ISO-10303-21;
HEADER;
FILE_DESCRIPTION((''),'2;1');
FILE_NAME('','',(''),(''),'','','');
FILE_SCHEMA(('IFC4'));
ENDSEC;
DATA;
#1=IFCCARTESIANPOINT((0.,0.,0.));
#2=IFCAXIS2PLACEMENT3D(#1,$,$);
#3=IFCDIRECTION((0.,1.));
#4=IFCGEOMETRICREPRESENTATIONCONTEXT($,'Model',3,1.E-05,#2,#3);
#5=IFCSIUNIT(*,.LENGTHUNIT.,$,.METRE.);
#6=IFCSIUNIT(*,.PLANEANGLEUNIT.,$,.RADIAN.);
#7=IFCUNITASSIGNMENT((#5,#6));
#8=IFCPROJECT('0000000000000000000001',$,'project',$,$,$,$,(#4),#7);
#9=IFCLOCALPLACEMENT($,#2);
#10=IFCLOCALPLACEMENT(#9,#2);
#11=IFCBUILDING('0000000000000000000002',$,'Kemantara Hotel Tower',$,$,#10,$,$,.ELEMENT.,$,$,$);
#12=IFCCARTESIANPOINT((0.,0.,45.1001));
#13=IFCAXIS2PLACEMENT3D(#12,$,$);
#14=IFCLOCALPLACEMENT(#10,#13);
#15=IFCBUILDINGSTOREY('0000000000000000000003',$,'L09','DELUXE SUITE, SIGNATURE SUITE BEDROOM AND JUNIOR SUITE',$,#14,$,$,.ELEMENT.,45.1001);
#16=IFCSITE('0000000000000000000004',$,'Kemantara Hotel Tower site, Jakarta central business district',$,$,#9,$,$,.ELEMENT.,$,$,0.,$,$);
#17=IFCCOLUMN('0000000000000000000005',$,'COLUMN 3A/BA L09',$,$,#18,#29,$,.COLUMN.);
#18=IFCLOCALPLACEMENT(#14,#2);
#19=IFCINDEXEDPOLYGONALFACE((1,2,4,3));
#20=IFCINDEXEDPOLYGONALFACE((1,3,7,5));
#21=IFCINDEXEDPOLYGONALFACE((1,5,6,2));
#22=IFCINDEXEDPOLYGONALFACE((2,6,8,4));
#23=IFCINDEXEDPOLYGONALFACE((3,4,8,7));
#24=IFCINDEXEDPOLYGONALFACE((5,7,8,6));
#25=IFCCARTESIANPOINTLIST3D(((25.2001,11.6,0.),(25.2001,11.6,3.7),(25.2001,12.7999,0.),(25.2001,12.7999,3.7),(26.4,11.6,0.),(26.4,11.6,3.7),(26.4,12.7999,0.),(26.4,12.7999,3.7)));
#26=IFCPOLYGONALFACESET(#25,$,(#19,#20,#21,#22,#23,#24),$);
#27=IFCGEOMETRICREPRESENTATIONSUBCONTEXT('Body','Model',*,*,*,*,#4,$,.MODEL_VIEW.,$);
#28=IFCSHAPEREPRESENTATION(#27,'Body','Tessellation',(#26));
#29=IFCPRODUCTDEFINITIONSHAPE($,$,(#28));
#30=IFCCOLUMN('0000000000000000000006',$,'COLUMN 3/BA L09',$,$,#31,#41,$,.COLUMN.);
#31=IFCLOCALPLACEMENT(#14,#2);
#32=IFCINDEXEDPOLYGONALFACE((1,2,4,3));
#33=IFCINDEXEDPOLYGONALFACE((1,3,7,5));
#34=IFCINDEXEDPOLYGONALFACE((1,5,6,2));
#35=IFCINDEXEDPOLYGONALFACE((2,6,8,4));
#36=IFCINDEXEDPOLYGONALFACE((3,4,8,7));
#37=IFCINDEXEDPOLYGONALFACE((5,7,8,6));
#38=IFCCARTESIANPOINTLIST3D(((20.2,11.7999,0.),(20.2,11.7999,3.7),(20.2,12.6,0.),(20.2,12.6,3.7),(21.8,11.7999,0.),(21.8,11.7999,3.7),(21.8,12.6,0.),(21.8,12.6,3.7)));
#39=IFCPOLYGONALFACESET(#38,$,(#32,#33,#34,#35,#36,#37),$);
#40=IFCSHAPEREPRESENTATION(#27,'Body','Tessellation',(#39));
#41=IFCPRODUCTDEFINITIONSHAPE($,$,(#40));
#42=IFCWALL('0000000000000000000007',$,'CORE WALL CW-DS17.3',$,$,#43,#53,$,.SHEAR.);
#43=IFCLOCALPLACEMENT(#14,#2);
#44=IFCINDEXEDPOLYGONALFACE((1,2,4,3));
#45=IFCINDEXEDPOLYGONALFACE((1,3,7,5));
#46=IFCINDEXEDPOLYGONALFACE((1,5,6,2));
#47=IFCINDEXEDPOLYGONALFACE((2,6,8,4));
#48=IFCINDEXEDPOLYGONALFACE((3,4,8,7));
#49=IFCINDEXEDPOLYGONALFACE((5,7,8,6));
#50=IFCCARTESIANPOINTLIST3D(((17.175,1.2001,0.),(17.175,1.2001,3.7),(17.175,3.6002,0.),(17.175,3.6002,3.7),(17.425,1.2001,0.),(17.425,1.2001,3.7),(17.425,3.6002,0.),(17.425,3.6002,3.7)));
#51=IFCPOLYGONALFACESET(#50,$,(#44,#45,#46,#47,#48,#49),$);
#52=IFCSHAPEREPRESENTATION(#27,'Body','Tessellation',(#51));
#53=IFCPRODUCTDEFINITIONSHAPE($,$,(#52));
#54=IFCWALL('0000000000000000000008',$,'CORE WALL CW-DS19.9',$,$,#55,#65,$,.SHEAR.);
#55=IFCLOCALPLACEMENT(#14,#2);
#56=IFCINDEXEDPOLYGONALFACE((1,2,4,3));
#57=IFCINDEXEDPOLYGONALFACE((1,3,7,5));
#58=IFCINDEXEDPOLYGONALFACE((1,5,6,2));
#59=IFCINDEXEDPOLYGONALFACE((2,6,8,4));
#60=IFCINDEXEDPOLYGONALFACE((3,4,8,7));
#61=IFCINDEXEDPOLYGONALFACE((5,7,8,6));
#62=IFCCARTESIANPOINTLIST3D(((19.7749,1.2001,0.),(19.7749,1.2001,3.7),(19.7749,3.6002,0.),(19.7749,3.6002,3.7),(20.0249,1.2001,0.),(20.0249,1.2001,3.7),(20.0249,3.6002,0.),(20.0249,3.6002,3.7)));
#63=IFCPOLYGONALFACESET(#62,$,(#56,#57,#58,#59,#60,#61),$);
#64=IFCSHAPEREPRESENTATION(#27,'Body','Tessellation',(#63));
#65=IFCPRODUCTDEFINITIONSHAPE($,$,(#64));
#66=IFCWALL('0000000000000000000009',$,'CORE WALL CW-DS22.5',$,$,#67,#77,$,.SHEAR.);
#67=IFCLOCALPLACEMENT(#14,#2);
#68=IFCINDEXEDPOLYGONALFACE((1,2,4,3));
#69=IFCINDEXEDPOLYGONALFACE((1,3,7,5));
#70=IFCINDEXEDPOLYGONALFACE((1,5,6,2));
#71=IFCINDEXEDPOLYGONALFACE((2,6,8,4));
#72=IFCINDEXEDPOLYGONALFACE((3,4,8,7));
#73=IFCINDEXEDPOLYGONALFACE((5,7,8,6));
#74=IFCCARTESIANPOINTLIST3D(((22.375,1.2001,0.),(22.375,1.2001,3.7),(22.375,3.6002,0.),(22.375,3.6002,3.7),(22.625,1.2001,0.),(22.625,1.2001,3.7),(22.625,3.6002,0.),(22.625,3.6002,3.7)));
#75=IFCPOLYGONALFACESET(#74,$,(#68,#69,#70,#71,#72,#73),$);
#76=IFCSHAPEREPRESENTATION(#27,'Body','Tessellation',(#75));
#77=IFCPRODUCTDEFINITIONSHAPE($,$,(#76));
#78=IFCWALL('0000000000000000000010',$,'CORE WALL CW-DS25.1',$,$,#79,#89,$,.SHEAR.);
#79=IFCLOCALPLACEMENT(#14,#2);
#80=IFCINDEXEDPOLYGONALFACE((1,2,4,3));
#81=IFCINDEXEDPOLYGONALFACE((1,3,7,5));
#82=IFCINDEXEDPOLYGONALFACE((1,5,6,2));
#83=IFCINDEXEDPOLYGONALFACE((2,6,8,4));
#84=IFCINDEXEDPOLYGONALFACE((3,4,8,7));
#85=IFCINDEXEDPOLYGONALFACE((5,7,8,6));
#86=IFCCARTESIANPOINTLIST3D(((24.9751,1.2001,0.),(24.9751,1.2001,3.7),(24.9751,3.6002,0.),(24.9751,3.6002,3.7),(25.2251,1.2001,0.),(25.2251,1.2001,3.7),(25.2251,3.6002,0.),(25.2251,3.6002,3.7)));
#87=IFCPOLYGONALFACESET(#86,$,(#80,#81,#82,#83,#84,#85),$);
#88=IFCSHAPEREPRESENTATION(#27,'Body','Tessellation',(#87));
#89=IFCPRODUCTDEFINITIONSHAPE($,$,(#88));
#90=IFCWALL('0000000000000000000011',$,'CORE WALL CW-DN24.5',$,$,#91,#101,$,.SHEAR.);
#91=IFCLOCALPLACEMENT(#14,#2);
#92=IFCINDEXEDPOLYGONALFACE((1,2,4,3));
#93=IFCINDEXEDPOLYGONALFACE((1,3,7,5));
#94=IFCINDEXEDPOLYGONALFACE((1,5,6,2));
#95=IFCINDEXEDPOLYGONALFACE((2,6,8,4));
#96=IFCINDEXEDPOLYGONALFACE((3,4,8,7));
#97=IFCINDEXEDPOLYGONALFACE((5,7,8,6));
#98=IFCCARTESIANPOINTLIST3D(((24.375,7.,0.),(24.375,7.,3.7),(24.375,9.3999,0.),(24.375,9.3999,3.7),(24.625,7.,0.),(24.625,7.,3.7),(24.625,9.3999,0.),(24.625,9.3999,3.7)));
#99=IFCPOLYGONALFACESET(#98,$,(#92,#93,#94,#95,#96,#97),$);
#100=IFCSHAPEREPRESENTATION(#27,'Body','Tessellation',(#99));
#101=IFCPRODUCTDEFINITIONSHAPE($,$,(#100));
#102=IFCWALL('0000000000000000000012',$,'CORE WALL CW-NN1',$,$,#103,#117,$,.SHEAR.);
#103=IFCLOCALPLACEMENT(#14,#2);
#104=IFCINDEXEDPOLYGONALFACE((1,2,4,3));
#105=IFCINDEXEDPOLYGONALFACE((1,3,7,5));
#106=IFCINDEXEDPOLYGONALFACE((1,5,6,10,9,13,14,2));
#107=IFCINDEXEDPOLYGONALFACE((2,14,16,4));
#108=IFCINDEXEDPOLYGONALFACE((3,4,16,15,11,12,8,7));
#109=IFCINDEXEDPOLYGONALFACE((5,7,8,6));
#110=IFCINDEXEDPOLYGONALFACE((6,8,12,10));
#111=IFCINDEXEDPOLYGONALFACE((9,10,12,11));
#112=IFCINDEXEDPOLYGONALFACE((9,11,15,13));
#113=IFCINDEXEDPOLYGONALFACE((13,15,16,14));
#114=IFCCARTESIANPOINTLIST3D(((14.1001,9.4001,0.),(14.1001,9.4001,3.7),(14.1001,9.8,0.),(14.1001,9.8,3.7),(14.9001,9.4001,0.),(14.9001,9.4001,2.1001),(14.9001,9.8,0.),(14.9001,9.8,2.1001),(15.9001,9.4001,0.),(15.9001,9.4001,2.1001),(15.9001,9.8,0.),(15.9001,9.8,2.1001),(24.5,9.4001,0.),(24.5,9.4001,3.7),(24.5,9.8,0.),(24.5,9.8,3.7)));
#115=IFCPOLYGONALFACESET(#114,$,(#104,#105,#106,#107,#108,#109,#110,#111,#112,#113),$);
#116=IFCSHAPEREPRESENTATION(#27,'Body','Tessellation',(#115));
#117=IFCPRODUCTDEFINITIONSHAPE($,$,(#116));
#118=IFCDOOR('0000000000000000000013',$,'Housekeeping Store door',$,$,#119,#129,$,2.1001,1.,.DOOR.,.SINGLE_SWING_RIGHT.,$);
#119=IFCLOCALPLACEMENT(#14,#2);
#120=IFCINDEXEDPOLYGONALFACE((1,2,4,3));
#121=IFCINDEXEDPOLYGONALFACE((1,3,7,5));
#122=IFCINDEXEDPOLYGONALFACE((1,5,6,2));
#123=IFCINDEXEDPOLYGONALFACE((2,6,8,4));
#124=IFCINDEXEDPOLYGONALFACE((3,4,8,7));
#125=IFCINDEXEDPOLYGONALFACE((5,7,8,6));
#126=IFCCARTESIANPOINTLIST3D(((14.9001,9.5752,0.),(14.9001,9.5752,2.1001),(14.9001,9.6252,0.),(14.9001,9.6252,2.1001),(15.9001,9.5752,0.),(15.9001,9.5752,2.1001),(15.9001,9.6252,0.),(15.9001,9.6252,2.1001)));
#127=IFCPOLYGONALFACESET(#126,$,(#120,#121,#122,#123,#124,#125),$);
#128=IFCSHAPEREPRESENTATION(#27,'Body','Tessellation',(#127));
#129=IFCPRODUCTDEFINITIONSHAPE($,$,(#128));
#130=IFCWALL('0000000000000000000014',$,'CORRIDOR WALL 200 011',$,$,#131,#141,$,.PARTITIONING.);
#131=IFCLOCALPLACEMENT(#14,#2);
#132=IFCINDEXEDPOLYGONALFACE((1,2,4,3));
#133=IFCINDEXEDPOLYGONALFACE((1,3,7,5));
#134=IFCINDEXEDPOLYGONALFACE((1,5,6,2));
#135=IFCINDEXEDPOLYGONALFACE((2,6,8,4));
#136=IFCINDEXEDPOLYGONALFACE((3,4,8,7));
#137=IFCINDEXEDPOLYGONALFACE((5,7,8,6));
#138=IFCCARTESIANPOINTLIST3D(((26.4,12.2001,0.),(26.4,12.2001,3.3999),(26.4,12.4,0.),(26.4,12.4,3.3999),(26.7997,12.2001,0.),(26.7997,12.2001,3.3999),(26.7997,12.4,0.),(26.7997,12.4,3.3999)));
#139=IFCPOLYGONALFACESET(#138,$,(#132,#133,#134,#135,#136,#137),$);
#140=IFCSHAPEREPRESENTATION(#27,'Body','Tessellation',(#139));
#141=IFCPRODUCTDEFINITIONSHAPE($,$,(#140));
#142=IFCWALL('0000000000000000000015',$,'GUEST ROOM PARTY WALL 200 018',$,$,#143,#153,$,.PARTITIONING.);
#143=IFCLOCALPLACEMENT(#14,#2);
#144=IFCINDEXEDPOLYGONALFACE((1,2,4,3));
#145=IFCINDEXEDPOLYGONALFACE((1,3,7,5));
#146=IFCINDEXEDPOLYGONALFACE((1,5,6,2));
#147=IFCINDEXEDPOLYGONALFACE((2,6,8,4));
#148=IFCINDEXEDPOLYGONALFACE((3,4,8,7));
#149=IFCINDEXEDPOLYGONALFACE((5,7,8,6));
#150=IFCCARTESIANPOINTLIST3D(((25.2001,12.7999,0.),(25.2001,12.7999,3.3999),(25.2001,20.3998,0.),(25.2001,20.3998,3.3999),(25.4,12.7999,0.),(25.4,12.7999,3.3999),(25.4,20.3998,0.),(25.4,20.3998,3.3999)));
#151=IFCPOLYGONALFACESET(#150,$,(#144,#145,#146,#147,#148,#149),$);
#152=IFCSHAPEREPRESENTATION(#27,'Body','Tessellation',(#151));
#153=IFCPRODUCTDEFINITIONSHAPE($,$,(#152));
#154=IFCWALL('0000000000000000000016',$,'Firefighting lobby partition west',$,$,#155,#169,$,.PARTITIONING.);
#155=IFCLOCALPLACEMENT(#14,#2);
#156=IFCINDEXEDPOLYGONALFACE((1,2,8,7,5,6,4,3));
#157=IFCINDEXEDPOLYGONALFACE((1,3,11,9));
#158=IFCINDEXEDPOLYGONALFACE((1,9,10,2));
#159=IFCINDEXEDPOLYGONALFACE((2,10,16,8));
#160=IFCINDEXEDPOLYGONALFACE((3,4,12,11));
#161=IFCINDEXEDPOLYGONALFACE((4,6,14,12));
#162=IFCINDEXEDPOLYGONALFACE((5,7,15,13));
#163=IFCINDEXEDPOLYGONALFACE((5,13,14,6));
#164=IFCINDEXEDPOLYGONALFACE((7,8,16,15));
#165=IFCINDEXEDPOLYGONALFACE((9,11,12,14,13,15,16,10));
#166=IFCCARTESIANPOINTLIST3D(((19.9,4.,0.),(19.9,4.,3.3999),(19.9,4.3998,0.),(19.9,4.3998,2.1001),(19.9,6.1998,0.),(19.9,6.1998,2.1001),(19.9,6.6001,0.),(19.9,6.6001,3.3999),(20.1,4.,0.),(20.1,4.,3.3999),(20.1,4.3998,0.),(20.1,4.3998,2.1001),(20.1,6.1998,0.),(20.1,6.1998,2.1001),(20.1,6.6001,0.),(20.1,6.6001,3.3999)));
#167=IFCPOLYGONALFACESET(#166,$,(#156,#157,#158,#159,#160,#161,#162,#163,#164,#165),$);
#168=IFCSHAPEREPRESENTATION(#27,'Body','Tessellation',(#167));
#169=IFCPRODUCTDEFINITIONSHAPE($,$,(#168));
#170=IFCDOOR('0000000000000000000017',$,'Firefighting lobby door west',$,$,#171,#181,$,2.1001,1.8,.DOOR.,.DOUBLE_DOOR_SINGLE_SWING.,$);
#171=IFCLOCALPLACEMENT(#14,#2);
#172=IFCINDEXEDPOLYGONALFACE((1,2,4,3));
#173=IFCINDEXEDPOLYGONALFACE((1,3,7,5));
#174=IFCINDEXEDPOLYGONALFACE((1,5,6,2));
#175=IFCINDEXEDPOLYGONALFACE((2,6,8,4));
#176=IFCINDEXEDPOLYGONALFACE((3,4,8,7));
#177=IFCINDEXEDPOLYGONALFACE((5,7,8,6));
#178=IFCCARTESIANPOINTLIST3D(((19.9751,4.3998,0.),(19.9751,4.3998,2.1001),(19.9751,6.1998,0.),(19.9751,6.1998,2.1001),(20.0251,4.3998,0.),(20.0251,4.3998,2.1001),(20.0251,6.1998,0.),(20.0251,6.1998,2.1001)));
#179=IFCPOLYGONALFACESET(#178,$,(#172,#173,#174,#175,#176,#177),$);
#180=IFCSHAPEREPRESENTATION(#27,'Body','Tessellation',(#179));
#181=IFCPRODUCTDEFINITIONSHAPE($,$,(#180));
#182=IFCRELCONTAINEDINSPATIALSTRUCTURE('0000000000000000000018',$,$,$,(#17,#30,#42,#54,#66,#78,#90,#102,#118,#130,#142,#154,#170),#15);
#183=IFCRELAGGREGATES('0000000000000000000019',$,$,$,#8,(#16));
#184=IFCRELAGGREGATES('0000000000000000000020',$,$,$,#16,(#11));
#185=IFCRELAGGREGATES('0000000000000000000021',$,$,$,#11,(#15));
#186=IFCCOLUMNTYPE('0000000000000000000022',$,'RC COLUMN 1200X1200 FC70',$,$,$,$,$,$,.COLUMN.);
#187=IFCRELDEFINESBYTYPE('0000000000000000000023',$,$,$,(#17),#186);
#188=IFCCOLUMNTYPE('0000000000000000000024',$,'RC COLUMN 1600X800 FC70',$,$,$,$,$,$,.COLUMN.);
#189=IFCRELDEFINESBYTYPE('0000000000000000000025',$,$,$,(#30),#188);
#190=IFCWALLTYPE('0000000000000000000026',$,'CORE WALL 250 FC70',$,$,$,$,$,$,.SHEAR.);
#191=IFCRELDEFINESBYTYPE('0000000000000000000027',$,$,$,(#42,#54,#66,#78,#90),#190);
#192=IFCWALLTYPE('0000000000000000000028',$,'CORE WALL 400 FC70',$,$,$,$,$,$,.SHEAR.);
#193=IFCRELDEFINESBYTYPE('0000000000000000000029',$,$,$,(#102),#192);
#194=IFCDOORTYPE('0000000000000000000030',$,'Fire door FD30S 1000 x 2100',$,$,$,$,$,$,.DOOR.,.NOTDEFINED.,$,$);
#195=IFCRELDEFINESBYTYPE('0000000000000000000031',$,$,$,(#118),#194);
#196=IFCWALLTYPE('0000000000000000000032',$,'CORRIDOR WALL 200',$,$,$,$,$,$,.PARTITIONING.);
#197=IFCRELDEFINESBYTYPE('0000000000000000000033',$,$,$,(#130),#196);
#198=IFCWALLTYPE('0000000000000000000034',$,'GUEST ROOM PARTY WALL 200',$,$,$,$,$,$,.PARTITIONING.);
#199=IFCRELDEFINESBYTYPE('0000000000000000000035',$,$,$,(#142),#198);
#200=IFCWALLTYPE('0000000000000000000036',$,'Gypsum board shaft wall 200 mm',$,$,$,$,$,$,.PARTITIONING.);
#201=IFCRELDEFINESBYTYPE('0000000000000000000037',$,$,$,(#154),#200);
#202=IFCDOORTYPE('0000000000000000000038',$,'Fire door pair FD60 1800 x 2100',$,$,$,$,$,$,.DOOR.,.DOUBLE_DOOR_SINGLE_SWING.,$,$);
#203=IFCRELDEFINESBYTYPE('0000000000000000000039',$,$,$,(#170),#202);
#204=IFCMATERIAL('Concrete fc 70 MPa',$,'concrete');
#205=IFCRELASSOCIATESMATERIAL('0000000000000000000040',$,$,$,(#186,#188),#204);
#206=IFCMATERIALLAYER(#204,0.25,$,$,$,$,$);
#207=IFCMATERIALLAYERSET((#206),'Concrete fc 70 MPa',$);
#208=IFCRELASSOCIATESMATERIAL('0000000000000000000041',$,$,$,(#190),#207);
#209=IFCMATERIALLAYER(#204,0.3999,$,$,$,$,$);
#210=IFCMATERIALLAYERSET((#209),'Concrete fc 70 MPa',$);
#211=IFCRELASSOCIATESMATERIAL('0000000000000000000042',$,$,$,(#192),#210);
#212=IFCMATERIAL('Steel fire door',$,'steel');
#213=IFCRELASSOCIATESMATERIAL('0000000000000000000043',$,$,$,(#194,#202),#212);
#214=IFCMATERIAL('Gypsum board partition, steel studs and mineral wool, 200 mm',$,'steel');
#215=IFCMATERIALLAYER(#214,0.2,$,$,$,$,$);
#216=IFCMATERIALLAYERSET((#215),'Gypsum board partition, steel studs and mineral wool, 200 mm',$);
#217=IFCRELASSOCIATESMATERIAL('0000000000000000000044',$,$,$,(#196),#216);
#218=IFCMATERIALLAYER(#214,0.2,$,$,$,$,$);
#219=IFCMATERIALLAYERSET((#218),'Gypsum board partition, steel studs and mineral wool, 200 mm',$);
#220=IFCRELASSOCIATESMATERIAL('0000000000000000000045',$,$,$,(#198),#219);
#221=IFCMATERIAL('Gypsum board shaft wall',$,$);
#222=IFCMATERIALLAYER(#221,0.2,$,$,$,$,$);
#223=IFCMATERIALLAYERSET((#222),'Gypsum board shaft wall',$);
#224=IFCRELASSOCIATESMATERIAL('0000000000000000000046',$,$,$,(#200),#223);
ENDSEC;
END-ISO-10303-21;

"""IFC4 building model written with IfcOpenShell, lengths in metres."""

from ifc_helpers import new_model, si_unit, direction, frame, frame_2d, origin, origin_2d, place, context, subcontext, project, spatial, rectangle, extrude, material, layer, layer_set, material_profile, profile_set, type_object, element, fill, save


model = new_model("IFC4")

# Units and contexts
model_context = context("Model", 3, precision=1e-05, world=origin(), true_north=direction((0.0, 1.0)))
body_context = subcontext(model_context, "Body", "Model", "MODEL_VIEW")
ifc_project = project(units=[si_unit("LENGTHUNIT", "METRE"), si_unit("PLANEANGLEUNIT", "RADIAN")], contexts=[model_context])

# Site, building, storey
site_placement = place(None, origin())
site = spatial("IfcSite", under=ifc_project, at=site_placement, Name="Kemantara Hotel Tower site, Jakarta central business district", CompositionType="ELEMENT", RefElevation=0.0)
building_placement = place(site_placement, origin())
building = spatial("IfcBuilding", under=site, at=building_placement, Name="Kemantara Hotel Tower", CompositionType="ELEMENT")
storey_placement = place(building_placement, frame((0.0, 0.0, 45.1001)))
storey = spatial("IfcBuildingStorey", under=building, at=storey_placement, Name="L09", Description="DELUXE SUITE, SIGNATURE SUITE BEDROOM AND JUNIOR SUITE", CompositionType="ELEMENT", Elevation=45.1001)

# Columns
ifc_material_1 = material(Name="Concrete fc 70 MPa", Category="concrete")
ifc_material_profile_1 = material_profile(ifc_material_1, rectangle(XDim=1.2, YDim=1.2, at=origin_2d()), Name="RC 1200X1200")
ifc_profile_set_1 = profile_set([ifc_material_profile_1], Name="Concrete fc 70 MPa")
column_type_1 = type_object("IfcColumnType", Name="RC COLUMN 1200X1200 FC70", PredefinedType="COLUMN", material=ifc_profile_set_1)
column_1_placement = place(storey_placement, frame((25.8, 12.2, 0.0), z_axis=(0.0, 0.0, 1.0), x_axis=(1.0, 0.0, 0.0)))
element("IfcColumn", 1, at=column_1_placement, inside=storey, type_object=column_type_1, Name="COLUMN 3A/BA L09", PredefinedType="COLUMN", context=body_context, shape_type="SweptSolid", body=[
    extrude(rectangle(XDim=1.2, YDim=1.2, at=origin_2d()), origin(), (0.0, 0.0, 1.0), 3.7),
])
ifc_material_profile_2 = material_profile(ifc_material_1, rectangle(XDim=1.6001, YDim=0.8, at=origin_2d()), Name="RC 1600X800")
ifc_profile_set_2 = profile_set([ifc_material_profile_2], Name="Concrete fc 70 MPa")
column_type_2 = type_object("IfcColumnType", Name="RC COLUMN 1600X800 FC70", PredefinedType="COLUMN", material=ifc_profile_set_2)
column_2_placement = place(storey_placement, frame((21.0, 12.2, 0.0), z_axis=(0.0, 0.0, 1.0), x_axis=(1.0, 0.0, 0.0)))
element("IfcColumn", 2, at=column_2_placement, inside=storey, type_object=column_type_2, Name="COLUMN 3/BA L09", PredefinedType="COLUMN", context=body_context, shape_type="SweptSolid", body=[
    extrude(rectangle(XDim=1.6001, YDim=0.8, at=origin_2d()), origin(), (0.0, 0.0, 1.0), 3.7),
])

# Walls
ifc_layer_1 = layer(ifc_material_1, 0.25)
ifc_layer_set_1 = layer_set([ifc_layer_1], Name="Concrete fc 70 MPa")
wall_type_1 = type_object("IfcWallType", Name="CORE WALL 250 FC70", PredefinedType="SHEAR", material=ifc_layer_set_1)
for number, where, z_axis, x_axis, name in (
    (3, (17.3, 1.2, 0.0), (0.0, 0.0, 1.0), (0.0, 1.0, 0.0), "CORE WALL CW-DS17.3"),
    (4, (19.8999, 1.2, 0.0), (0.0, 0.0, 1.0), (0.0, 1.0, 0.0), "CORE WALL CW-DS19.9"),
    (5, (22.5, 1.2, 0.0), (0.0, 0.0, 1.0), (0.0, 1.0, 0.0), "CORE WALL CW-DS22.5"),
    (6, (25.1001, 1.2, 0.0), (0.0, 0.0, 1.0), (0.0, 1.0, 0.0), "CORE WALL CW-DS25.1"),
):
    element("IfcWall", number, at=place(storey_placement, frame(where, z_axis=z_axis, x_axis=x_axis)), inside=storey, type_object=wall_type_1, Name=name, PredefinedType="SHEAR", context=body_context, shape_type="SweptSolid", body=[
        extrude(rectangle(XDim=2.4001, YDim=0.25, at=frame_2d((1.2002, 0.0))), origin(), (0.0, 0.0, 1.0), 3.7),
    ])
wall_1_placement = place(storey_placement, frame((24.5, 7.0, 0.0), z_axis=(0.0, 0.0, 1.0), x_axis=(0.0, 1.0, 0.0)))
element("IfcWall", 7, at=wall_1_placement, inside=storey, type_object=wall_type_1, Name="CORE WALL CW-DN24.5", PredefinedType="SHEAR", context=body_context, shape_type="SweptSolid", body=[
    extrude(rectangle(XDim=2.3999, YDim=0.25, at=frame_2d((1.2, 0.0))), origin(), (0.0, 0.0, 1.0), 3.7),
])

# Wall, opening, door
ifc_layer_2 = layer(ifc_material_1, 0.3999)
ifc_layer_set_2 = layer_set([ifc_layer_2], Name="Concrete fc 70 MPa")
wall_type_2 = type_object("IfcWallType", Name="CORE WALL 400 FC70", PredefinedType="SHEAR", material=ifc_layer_set_2)
wall_2_placement = place(storey_placement, frame((14.1001, 9.6001, 0.0), z_axis=(0.0, 0.0, 1.0), x_axis=(1.0, 0.0, 0.0)))
wall_2 = element("IfcWall", 8, at=wall_2_placement, inside=storey, type_object=wall_type_2, Name="CORE WALL CW-NN1", PredefinedType="SHEAR", context=body_context, shape_type="SweptSolid", body=[
    extrude(rectangle(XDim=10.3999, YDim=0.3999, at=frame_2d((5.2, 0.0))), origin(), (0.0, 0.0, 1.0), 3.7),
])
opening_1_placement = place(wall_2_placement, frame((0.8, 0.0, 0.0)))
opening_1 = element("IfcOpeningElement", 9, at=opening_1_placement, cuts=wall_2, PredefinedType="OPENING", context=body_context, shape_type="SweptSolid", body=[
    extrude(rectangle(XDim=1.0, YDim=2.1001, at=frame_2d((0.5, 1.05))), frame((0.0, 0.21, 0.0), z_axis=(0.0, -1.0, 0.0), x_axis=(1.0, 0.0, 0.0)), (0.0, 0.0, 1.0), 0.4199),
])
ifc_material_2 = material(Name="Steel fire door", Category="steel")
door_type_1 = type_object("IfcDoorType", Name="Fire door FD30S 1000 x 2100", OperationType="NOTDEFINED", PredefinedType="DOOR", material=ifc_material_2)
door_1_placement = place(opening_1_placement, frame((1.0, 0.0, 0.0), z_axis=(0.0, 0.0, 1.0), x_axis=(-1.0, 0.0, 0.0)))
door_1 = element("IfcDoor", 10, at=door_1_placement, inside=storey, type_object=door_type_1, Name="Housekeeping Store door", OperationType="SINGLE_SWING_RIGHT", OverallHeight=2.1001, OverallWidth=1.0, PredefinedType="DOOR", context=body_context, shape_type="SweptSolid", body=[
    extrude(rectangle(XDim=1.0, YDim=2.1001, at=frame_2d((0.5, 1.05))), frame((0.0, 0.0249, 0.0), z_axis=(0.0, -1.0, 0.0), x_axis=(1.0, 0.0, 0.0)), (0.0, 0.0, 1.0), 0.05),
])
fill(opening_1, door_1)

# Walls
ifc_material_3 = material(Name="Gypsum board partition, steel studs and mineral wool, 200 mm", Category="steel")
ifc_layer_3 = layer(ifc_material_3, 0.2)
ifc_layer_set_3 = layer_set([ifc_layer_3], Name="Gypsum board partition, steel studs and mineral wool, 200 mm")
wall_type_3 = type_object("IfcWallType", Name="CORRIDOR WALL 200", PredefinedType="PARTITIONING", material=ifc_layer_set_3)
wall_3_placement = place(storey_placement, frame((26.4001, 12.3, 0.0), z_axis=(0.0, 0.0, 1.0), x_axis=(1.0, 0.0, 0.0)))
element("IfcWall", 11, at=wall_3_placement, inside=storey, type_object=wall_type_3, Name="CORRIDOR WALL 200 011", PredefinedType="PARTITIONING", context=body_context, shape_type="SweptSolid", body=[
    extrude(rectangle(XDim=0.3997, YDim=0.2, at=frame_2d((0.1997, 0.0))), origin(), (0.0, 0.0, 1.0), 3.3999),
])
ifc_layer_4 = layer(ifc_material_3, 0.2)
ifc_layer_set_4 = layer_set([ifc_layer_4], Name="Gypsum board partition, steel studs and mineral wool, 200 mm")
wall_type_4 = type_object("IfcWallType", Name="GUEST ROOM PARTY WALL 200", PredefinedType="PARTITIONING", material=ifc_layer_set_4)
wall_4_placement = place(storey_placement, frame((25.3, 12.8, 0.0), z_axis=(0.0, 0.0, 1.0), x_axis=(0.0, 1.0, 0.0)))
element("IfcWall", 12, at=wall_4_placement, inside=storey, type_object=wall_type_4, Name="GUEST ROOM PARTY WALL 200 018", PredefinedType="PARTITIONING", context=body_context, shape_type="SweptSolid", body=[
    extrude(rectangle(XDim=7.5999, YDim=0.2, at=frame_2d((3.7998, 0.0))), origin(), (0.0, 0.0, 1.0), 3.3999),
])

# Wall, opening, door
ifc_material_4 = material(Name="Gypsum board shaft wall")
ifc_layer_5 = layer(ifc_material_4, 0.2)
ifc_layer_set_5 = layer_set([ifc_layer_5], Name="Gypsum board shaft wall")
wall_type_5 = type_object("IfcWallType", Name="Gypsum board shaft wall 200 mm", PredefinedType="PARTITIONING", material=ifc_layer_set_5)
wall_5_placement = place(storey_placement, frame((20.0, 4.0, 0.0), z_axis=(0.0, 0.0, 1.0), x_axis=(0.0, 1.0, 0.0)))
wall_5 = element("IfcWall", 13, at=wall_5_placement, inside=storey, type_object=wall_type_5, Name="Firefighting lobby partition west", PredefinedType="PARTITIONING", context=body_context, shape_type="SweptSolid", body=[
    extrude(rectangle(XDim=2.6001, YDim=0.2, at=frame_2d((1.3, 0.0))), origin(), (0.0, 0.0, 1.0), 3.3999),
])
opening_2_placement = place(wall_5_placement, frame((0.3999, 0.0, 0.0)))
opening_2 = element("IfcOpeningElement", 14, at=opening_2_placement, cuts=wall_5, PredefinedType="OPENING", context=body_context, shape_type="SweptSolid", body=[
    extrude(rectangle(XDim=1.8, YDim=2.1001, at=frame_2d((0.8999, 1.05))), frame((0.0, 0.1099, 0.0), z_axis=(0.0, -1.0, 0.0), x_axis=(1.0, 0.0, 0.0)), (0.0, 0.0, 1.0), 0.22),
])
door_type_2 = type_object("IfcDoorType", Name="Fire door pair FD60 1800 x 2100", OperationType="DOUBLE_DOOR_SINGLE_SWING", PredefinedType="DOOR", material=ifc_material_2)
door_2_placement = place(opening_2_placement, origin())
door_2 = element("IfcDoor", 15, at=door_2_placement, inside=storey, type_object=door_type_2, Name="Firefighting lobby door west", OperationType="DOUBLE_DOOR_SINGLE_SWING", OverallHeight=2.1001, OverallWidth=1.8, PredefinedType="DOOR", context=body_context, shape_type="SweptSolid", body=[
    extrude(rectangle(XDim=1.8, YDim=2.1001, at=frame_2d((0.8999, 1.05))), frame((0.0, 0.0249, 0.0), z_axis=(0.0, -1.0, 0.0), x_axis=(1.0, 0.0, 0.0)), (0.0, 0.0, 1.0), 0.05),
])
fill(opening_2, door_2)

save(model, "model.ifc")
